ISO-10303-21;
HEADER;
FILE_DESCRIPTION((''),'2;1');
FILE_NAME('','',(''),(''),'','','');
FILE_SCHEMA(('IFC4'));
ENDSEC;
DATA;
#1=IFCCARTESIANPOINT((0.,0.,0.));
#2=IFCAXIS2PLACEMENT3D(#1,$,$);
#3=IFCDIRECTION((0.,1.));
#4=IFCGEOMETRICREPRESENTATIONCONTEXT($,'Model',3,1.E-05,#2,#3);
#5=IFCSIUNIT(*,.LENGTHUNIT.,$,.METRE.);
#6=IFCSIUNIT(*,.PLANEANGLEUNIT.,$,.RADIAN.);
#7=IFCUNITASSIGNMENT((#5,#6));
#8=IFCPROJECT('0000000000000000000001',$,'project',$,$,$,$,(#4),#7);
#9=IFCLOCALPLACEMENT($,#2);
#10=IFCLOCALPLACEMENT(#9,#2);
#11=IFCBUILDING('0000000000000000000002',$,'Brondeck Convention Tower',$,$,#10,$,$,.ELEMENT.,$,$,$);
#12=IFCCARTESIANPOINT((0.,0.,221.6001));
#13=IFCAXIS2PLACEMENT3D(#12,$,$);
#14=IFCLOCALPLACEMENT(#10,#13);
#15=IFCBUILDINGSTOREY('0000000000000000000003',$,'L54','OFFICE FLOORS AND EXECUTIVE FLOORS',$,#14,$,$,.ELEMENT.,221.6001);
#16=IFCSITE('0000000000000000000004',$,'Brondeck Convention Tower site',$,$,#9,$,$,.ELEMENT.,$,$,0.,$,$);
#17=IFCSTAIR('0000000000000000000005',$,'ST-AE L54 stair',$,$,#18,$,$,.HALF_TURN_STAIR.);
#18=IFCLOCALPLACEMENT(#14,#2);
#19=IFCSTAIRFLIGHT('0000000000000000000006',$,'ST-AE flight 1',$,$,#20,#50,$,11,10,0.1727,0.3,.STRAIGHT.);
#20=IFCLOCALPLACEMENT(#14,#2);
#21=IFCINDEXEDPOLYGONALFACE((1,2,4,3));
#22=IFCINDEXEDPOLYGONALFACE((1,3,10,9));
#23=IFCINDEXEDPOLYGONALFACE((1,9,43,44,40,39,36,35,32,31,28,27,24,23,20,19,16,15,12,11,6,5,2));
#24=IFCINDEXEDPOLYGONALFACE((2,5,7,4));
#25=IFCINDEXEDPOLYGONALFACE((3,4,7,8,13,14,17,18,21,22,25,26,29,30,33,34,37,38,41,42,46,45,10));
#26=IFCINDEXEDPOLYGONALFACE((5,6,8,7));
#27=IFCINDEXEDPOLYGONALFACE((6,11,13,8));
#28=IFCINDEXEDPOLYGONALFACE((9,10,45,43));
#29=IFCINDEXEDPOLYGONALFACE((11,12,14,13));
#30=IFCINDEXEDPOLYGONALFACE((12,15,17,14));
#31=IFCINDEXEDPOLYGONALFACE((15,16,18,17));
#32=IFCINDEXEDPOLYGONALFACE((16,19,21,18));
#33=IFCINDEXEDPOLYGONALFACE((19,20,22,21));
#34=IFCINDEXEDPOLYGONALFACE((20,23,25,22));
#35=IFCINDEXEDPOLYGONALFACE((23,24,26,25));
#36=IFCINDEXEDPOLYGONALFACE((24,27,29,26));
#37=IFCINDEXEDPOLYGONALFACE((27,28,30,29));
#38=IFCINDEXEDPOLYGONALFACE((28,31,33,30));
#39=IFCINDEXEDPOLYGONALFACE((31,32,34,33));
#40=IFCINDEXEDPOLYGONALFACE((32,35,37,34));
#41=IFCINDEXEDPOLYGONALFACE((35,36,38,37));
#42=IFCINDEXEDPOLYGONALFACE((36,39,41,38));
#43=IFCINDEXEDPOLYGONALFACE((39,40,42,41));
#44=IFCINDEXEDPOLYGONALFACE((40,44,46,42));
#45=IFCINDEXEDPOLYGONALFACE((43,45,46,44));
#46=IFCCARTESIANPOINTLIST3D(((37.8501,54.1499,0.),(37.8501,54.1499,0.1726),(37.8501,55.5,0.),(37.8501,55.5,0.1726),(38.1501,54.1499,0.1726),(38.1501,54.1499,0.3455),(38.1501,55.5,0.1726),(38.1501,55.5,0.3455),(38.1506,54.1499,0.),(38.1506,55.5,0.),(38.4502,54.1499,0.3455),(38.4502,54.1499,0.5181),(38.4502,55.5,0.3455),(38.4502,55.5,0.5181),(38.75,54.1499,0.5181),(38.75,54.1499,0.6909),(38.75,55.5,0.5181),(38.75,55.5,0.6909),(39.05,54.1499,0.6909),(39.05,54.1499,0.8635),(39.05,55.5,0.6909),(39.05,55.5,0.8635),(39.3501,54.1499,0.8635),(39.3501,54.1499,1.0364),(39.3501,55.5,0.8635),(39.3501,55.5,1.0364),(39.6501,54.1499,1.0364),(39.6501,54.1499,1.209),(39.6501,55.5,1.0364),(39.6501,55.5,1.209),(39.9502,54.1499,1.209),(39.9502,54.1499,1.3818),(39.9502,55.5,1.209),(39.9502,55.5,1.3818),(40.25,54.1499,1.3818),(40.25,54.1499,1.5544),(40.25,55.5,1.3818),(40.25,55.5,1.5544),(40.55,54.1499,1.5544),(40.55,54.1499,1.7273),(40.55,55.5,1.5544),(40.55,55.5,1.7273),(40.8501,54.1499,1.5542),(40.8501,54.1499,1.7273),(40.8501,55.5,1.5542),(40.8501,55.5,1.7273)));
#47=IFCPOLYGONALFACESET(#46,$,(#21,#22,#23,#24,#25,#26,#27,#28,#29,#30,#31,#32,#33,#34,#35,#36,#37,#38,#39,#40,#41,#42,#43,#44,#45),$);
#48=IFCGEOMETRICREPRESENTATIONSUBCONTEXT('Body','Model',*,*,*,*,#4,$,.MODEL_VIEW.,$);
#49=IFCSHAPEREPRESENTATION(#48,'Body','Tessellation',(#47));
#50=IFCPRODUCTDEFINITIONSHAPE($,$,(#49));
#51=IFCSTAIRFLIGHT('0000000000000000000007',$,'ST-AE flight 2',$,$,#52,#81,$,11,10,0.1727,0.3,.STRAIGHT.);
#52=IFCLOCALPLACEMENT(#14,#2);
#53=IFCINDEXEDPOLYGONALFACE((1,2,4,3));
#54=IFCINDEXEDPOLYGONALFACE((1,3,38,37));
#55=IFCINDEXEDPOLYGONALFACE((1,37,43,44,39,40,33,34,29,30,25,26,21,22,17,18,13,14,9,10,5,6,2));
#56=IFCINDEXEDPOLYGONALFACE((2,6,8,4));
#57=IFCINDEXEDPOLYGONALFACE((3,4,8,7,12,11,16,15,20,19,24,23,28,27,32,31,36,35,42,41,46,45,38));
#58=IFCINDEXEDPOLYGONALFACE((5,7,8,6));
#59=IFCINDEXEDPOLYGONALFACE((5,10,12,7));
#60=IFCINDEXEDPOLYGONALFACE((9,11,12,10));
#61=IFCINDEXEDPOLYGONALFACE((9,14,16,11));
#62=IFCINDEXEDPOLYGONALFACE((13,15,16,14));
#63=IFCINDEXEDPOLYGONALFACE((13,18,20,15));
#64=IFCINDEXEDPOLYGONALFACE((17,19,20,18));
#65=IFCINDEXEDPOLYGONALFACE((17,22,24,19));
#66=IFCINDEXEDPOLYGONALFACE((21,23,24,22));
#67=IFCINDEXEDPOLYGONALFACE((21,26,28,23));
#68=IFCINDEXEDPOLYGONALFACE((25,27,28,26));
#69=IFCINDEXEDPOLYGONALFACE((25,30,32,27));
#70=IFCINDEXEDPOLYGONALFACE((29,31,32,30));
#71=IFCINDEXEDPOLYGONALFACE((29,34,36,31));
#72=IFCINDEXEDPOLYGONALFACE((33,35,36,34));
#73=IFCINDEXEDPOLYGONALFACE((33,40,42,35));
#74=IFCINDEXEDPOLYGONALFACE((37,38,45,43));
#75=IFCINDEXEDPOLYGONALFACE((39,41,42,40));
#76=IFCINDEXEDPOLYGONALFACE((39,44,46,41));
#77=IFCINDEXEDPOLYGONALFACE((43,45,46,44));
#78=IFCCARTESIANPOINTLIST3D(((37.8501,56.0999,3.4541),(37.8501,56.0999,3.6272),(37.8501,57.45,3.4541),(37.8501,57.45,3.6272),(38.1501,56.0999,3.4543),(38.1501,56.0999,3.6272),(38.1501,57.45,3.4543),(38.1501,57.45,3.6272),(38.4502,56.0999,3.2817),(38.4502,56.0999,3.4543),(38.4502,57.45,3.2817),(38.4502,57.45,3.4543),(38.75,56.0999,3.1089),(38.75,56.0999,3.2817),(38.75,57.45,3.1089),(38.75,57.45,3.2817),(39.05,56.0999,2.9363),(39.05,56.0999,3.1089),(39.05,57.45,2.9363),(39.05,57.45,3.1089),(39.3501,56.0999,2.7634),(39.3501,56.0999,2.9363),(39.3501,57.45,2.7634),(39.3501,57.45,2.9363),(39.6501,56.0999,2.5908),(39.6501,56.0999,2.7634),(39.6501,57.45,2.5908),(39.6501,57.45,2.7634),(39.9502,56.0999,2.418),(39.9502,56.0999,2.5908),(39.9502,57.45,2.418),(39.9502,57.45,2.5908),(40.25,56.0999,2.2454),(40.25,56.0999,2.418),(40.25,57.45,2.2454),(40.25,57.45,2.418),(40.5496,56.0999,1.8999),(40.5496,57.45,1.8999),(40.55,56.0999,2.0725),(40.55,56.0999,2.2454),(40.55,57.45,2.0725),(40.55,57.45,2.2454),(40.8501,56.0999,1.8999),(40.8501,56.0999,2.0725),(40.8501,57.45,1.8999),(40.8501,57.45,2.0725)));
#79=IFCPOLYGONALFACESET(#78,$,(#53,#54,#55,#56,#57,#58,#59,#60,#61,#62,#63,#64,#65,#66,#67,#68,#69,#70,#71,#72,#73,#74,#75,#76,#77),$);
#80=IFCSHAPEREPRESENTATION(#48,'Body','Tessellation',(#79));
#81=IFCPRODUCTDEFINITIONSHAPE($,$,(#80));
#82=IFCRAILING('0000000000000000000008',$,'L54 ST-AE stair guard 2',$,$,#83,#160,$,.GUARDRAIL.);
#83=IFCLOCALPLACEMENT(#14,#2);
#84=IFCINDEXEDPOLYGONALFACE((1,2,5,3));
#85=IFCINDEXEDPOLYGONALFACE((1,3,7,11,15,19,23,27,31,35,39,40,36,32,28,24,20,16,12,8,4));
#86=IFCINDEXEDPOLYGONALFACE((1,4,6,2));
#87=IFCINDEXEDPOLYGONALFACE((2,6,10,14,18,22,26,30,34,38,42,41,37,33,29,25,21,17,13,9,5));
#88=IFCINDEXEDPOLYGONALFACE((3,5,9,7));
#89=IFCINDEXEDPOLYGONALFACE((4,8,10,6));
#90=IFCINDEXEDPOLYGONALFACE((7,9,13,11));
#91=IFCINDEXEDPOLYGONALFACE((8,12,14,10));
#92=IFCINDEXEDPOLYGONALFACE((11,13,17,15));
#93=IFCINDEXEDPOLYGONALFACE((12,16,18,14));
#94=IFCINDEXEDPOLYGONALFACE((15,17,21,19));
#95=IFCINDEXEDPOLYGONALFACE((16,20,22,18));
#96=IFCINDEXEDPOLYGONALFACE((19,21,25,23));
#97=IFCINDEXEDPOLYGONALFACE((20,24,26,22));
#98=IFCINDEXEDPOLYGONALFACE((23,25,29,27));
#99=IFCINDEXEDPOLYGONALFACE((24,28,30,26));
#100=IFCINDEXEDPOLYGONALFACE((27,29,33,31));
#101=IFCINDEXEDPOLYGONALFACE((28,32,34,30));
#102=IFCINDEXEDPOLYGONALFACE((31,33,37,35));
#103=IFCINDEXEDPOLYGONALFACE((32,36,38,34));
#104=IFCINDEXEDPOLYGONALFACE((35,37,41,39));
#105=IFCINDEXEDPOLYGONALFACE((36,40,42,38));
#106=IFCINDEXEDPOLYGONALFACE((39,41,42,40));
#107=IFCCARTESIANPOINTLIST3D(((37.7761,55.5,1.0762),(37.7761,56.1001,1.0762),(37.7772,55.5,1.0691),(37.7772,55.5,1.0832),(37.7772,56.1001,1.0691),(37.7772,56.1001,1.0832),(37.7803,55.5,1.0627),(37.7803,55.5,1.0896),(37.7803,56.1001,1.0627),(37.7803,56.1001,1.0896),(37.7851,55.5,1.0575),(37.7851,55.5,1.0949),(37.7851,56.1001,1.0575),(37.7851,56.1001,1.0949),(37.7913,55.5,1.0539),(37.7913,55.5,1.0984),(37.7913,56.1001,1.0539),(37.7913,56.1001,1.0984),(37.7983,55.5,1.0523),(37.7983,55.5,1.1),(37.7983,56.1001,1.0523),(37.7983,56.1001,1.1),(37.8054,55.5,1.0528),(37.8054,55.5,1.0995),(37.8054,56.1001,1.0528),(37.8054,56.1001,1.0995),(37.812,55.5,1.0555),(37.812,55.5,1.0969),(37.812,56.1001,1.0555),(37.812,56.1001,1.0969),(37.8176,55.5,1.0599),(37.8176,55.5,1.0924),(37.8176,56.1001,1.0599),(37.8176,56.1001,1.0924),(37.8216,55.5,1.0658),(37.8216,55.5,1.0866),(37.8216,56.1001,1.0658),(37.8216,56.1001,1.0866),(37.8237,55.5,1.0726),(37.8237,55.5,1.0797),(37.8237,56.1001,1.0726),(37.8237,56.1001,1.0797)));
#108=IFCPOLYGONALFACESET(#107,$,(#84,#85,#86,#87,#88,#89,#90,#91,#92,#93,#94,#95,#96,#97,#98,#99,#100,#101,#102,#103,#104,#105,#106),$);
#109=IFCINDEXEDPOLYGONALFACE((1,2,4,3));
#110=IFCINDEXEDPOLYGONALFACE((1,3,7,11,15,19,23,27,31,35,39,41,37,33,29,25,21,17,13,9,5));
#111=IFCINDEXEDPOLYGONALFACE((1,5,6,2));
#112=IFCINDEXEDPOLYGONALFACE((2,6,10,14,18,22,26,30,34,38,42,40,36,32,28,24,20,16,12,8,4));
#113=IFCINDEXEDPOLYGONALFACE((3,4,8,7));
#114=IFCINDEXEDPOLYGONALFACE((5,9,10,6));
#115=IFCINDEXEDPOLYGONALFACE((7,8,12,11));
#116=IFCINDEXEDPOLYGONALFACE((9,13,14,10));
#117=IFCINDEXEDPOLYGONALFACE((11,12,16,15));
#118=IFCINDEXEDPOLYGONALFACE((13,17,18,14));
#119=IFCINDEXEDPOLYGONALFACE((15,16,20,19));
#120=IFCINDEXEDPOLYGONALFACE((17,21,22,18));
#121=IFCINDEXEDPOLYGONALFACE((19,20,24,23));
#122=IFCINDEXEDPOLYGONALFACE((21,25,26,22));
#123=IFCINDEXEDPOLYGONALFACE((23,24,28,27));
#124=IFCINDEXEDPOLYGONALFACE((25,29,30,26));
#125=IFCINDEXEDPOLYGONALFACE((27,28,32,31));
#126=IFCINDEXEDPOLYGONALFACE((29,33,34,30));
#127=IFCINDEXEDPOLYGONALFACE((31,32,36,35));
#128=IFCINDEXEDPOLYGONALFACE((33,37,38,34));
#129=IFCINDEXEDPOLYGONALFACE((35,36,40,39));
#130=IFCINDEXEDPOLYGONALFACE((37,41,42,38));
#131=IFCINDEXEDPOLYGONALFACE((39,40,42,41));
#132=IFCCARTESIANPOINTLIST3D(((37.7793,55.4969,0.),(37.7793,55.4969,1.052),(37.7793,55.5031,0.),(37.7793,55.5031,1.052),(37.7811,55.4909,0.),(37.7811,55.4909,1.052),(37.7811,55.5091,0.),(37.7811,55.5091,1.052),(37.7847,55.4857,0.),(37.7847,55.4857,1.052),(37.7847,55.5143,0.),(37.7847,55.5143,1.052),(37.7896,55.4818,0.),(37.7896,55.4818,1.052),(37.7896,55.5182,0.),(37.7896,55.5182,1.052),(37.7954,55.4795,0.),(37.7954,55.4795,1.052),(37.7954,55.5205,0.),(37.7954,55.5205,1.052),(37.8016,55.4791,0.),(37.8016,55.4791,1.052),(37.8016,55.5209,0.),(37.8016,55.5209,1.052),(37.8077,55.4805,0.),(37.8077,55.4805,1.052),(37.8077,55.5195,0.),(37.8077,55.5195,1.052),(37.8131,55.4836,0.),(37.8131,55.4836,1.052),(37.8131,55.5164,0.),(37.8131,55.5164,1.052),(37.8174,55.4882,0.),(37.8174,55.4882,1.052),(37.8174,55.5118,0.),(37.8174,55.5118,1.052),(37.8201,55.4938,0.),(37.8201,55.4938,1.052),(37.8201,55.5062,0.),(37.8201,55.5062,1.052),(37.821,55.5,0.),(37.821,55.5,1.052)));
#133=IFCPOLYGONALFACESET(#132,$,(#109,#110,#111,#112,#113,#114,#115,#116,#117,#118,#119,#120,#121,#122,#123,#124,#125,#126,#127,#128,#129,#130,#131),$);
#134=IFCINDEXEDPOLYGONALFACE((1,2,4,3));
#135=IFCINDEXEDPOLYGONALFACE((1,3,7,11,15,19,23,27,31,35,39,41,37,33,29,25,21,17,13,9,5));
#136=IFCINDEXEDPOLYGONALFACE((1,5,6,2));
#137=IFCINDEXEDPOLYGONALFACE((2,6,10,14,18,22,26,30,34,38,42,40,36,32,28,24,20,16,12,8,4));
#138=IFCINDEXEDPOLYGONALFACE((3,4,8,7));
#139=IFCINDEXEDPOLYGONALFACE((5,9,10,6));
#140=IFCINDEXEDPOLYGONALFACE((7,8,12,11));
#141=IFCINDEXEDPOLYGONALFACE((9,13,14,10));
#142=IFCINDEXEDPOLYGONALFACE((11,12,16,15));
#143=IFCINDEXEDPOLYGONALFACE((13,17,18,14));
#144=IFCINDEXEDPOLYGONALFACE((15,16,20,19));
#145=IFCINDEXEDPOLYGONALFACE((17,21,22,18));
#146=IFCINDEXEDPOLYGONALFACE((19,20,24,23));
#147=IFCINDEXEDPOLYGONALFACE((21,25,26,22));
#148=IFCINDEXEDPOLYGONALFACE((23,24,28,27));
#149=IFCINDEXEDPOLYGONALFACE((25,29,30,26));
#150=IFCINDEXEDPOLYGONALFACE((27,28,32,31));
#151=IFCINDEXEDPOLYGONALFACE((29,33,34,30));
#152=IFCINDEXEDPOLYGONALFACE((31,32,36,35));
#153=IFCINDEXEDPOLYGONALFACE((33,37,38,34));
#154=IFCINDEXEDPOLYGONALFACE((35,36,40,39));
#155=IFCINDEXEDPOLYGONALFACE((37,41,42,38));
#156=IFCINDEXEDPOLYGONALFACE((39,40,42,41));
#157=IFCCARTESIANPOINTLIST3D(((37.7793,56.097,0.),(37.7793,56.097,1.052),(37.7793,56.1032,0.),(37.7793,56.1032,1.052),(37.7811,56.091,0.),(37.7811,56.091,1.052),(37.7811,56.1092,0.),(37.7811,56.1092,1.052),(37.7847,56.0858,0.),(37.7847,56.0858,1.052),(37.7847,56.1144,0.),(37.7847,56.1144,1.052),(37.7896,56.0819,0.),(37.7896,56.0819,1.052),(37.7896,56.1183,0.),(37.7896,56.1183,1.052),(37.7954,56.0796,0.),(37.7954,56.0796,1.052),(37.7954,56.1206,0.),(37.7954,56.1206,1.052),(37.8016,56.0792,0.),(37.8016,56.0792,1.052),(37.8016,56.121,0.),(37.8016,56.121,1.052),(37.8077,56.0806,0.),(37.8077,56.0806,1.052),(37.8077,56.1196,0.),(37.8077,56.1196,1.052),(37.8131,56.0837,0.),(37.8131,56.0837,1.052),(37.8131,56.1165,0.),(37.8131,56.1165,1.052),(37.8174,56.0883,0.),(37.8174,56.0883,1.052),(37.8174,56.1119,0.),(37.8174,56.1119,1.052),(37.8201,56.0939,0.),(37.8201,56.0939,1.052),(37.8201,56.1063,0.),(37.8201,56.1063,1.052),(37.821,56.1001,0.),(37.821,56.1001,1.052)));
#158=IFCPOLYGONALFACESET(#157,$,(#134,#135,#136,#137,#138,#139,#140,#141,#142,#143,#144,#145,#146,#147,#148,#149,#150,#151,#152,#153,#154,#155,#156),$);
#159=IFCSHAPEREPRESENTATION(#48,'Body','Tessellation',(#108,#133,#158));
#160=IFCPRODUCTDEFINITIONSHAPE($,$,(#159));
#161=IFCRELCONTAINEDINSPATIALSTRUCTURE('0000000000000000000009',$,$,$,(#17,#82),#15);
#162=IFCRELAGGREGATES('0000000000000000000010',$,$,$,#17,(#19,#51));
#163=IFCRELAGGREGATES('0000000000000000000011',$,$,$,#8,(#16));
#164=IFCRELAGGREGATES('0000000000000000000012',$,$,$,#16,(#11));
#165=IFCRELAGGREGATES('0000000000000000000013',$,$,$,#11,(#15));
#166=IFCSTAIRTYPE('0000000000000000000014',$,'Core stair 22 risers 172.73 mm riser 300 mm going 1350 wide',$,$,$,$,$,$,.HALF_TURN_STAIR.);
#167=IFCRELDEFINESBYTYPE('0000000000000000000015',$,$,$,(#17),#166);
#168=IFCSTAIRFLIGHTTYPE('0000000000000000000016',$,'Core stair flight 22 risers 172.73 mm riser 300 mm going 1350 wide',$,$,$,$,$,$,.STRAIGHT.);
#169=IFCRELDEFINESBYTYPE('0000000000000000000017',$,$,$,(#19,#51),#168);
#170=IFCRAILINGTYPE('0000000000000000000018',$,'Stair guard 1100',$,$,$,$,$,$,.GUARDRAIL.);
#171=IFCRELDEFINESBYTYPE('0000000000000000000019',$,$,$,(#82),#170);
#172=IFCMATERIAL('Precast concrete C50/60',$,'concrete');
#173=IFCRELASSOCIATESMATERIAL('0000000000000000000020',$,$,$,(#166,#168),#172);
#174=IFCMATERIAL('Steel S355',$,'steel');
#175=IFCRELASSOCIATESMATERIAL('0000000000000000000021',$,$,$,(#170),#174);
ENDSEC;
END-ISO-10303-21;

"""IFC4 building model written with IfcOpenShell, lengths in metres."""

from ifc_helpers import new_model, si_unit, direction, frame, origin, origin_2d, place, context, subcontext, project, spatial, polyline, circle, outline, extrude, material, type_object, element, aggregate, save


model = new_model("IFC4")

# Units and contexts
model_context = context("Model", 3, precision=1e-05, world=origin(), true_north=direction((0.0, 1.0)))
body_context = subcontext(model_context, "Body", "Model", "MODEL_VIEW")
ifc_project = project(units=[si_unit("LENGTHUNIT", "METRE"), si_unit("PLANEANGLEUNIT", "RADIAN")], contexts=[model_context])

# Site, building, storey
site_placement = place(None, origin())
site = spatial("IfcSite", under=ifc_project, at=site_placement, Name="Brondeck Convention Tower site", CompositionType="ELEMENT", RefElevation=0.0)
building_placement = place(site_placement, origin())
building = spatial("IfcBuilding", under=site, at=building_placement, Name="Brondeck Convention Tower", CompositionType="ELEMENT")
storey_placement = place(building_placement, frame((0.0, 0.0, 221.6001)))
storey = spatial("IfcBuildingStorey", under=building, at=storey_placement, Name="L54", Description="OFFICE FLOORS AND EXECUTIVE FLOORS", CompositionType="ELEMENT", Elevation=221.6001)

# Shared definitions
ifc_material_1 = material(Name="Steel S355", Category="steel")

# Stair, stair flights
ifc_material_2 = material(Name="Precast concrete C50/60", Category="concrete")
stair_type = type_object("IfcStairType", Name="Core stair 22 risers 172.73 mm riser 300 mm going 1350 wide", PredefinedType="HALF_TURN_STAIR", material=ifc_material_2)
stair_placement = place(storey_placement, origin())
stair = element("IfcStair", 1, at=stair_placement, inside=storey, type_object=stair_type, Name="ST-AE L54 stair", PredefinedType="HALF_TURN_STAIR")
stair_flight_type = type_object("IfcStairFlightType", Name="Core stair flight 22 risers 172.73 mm riser 300 mm going 1350 wide", PredefinedType="STRAIGHT", material=ifc_material_2)
stair_flight_1_placement = place(storey_placement, frame((37.8501, 54.825, 0.0), z_axis=(0.0, 0.0, 1.0), x_axis=(1.0, 0.0, 0.0)))
stair_flight_1 = element("IfcStairFlight", 2, at=stair_flight_1_placement, type_object=stair_flight_type, Name="ST-AE flight 1", NumberOfRisers=11, NumberOfTreads=10, PredefinedType="STRAIGHT", RiserHeight=0.1727, TreadLength=0.3, context=body_context, shape_type="SweptSolid", body=[
    extrude(outline(polyline([(0.0, 0.0), (0.0, 0.1726), (0.3, 0.1726), (0.3, 0.3455), (0.6001, 0.3455), (0.6001, 0.5181), (0.8999, 0.5181), (0.8999, 0.6909), (1.2, 0.6909), (1.2, 0.8635), (1.5, 0.8635), (1.5, 1.0364), (1.8, 1.0364), (1.8, 1.209), (2.1001, 1.209), (2.1001, 1.3818), (2.3999, 1.3818), (2.3999, 1.5544), (2.7, 1.5544), (2.7, 1.7273), (3.0, 1.7273), (3.0, 1.8999), (3.0, 1.5542), (0.3005, 0.0), (0.0, 0.0)])), frame((0.0, 0.675, 0.0), z_axis=(0.0, -1.0, 0.0), x_axis=(1.0, 0.0, 0.0)), (0.0, 0.0, 1.0), 1.3501),
])
stair_flight_2_placement = place(storey_placement, frame((40.8501, 56.7749, 1.8999), z_axis=(0.0, 0.0, 1.0), x_axis=(-1.0, 0.0, 0.0)))
stair_flight_2 = element("IfcStairFlight", 3, at=stair_flight_2_placement, type_object=stair_flight_type, Name="ST-AE flight 2", NumberOfRisers=11, NumberOfTreads=10, PredefinedType="STRAIGHT", RiserHeight=0.1727, TreadLength=0.3, context=body_context, shape_type="SweptSolid", body=[
    extrude(outline(polyline([(0.0, 0.0), (0.0, 0.1726), (0.3, 0.1726), (0.3, 0.3455), (0.6001, 0.3455), (0.6001, 0.5181), (0.8999, 0.5181), (0.8999, 0.6909), (1.2, 0.6909), (1.2, 0.8635), (1.5, 0.8635), (1.5, 1.0364), (1.8, 1.0364), (1.8, 1.209), (2.1001, 1.209), (2.1001, 1.3818), (2.3999, 1.3818), (2.3999, 1.5544), (2.7, 1.5544), (2.7, 1.7273), (3.0, 1.7273), (3.0, 1.8999), (3.0, 1.5542), (0.3005, 0.0), (0.0, 0.0)])), frame((0.0, 0.675, 0.0), z_axis=(0.0, -1.0, 0.0), x_axis=(1.0, 0.0, 0.0)), (0.0, 0.0, 1.0), 1.3501),
])
aggregate(stair, [stair_flight_1, stair_flight_2])

# Railing
railing_type_1 = type_object("IfcRailingType", Name="Stair guard 1100", PredefinedType="GUARDRAIL", material=ifc_material_1)
railing_1_placement = place(storey_placement, frame((37.8, 55.5, 0.0)))
element("IfcRailing", 4, at=railing_1_placement, inside=storey, type_object=railing_type_1, Name="L54 ST-AE stair guard 2", PredefinedType="GUARDRAIL", context=body_context, shape_type="SweptSolid", body=[
    extrude(circle(Radius=0.0239, at=origin_2d()), frame((0.0, 0.0, 1.0762), z_axis=(0.0, 1.0, 0.0), x_axis=(-1.0, 0.0, 0.0)), (0.0, 0.0, 1.0), 0.6001),
    extrude(circle(Radius=0.021, at=origin_2d()), origin(), (0.0, 0.0, 1.0), 1.052),
    extrude(circle(Radius=0.021, at=origin_2d()), frame((0.0, 0.6001, 0.0)), (0.0, 0.0, 1.0), 1.052),
])

save(model, "model.ifc")
